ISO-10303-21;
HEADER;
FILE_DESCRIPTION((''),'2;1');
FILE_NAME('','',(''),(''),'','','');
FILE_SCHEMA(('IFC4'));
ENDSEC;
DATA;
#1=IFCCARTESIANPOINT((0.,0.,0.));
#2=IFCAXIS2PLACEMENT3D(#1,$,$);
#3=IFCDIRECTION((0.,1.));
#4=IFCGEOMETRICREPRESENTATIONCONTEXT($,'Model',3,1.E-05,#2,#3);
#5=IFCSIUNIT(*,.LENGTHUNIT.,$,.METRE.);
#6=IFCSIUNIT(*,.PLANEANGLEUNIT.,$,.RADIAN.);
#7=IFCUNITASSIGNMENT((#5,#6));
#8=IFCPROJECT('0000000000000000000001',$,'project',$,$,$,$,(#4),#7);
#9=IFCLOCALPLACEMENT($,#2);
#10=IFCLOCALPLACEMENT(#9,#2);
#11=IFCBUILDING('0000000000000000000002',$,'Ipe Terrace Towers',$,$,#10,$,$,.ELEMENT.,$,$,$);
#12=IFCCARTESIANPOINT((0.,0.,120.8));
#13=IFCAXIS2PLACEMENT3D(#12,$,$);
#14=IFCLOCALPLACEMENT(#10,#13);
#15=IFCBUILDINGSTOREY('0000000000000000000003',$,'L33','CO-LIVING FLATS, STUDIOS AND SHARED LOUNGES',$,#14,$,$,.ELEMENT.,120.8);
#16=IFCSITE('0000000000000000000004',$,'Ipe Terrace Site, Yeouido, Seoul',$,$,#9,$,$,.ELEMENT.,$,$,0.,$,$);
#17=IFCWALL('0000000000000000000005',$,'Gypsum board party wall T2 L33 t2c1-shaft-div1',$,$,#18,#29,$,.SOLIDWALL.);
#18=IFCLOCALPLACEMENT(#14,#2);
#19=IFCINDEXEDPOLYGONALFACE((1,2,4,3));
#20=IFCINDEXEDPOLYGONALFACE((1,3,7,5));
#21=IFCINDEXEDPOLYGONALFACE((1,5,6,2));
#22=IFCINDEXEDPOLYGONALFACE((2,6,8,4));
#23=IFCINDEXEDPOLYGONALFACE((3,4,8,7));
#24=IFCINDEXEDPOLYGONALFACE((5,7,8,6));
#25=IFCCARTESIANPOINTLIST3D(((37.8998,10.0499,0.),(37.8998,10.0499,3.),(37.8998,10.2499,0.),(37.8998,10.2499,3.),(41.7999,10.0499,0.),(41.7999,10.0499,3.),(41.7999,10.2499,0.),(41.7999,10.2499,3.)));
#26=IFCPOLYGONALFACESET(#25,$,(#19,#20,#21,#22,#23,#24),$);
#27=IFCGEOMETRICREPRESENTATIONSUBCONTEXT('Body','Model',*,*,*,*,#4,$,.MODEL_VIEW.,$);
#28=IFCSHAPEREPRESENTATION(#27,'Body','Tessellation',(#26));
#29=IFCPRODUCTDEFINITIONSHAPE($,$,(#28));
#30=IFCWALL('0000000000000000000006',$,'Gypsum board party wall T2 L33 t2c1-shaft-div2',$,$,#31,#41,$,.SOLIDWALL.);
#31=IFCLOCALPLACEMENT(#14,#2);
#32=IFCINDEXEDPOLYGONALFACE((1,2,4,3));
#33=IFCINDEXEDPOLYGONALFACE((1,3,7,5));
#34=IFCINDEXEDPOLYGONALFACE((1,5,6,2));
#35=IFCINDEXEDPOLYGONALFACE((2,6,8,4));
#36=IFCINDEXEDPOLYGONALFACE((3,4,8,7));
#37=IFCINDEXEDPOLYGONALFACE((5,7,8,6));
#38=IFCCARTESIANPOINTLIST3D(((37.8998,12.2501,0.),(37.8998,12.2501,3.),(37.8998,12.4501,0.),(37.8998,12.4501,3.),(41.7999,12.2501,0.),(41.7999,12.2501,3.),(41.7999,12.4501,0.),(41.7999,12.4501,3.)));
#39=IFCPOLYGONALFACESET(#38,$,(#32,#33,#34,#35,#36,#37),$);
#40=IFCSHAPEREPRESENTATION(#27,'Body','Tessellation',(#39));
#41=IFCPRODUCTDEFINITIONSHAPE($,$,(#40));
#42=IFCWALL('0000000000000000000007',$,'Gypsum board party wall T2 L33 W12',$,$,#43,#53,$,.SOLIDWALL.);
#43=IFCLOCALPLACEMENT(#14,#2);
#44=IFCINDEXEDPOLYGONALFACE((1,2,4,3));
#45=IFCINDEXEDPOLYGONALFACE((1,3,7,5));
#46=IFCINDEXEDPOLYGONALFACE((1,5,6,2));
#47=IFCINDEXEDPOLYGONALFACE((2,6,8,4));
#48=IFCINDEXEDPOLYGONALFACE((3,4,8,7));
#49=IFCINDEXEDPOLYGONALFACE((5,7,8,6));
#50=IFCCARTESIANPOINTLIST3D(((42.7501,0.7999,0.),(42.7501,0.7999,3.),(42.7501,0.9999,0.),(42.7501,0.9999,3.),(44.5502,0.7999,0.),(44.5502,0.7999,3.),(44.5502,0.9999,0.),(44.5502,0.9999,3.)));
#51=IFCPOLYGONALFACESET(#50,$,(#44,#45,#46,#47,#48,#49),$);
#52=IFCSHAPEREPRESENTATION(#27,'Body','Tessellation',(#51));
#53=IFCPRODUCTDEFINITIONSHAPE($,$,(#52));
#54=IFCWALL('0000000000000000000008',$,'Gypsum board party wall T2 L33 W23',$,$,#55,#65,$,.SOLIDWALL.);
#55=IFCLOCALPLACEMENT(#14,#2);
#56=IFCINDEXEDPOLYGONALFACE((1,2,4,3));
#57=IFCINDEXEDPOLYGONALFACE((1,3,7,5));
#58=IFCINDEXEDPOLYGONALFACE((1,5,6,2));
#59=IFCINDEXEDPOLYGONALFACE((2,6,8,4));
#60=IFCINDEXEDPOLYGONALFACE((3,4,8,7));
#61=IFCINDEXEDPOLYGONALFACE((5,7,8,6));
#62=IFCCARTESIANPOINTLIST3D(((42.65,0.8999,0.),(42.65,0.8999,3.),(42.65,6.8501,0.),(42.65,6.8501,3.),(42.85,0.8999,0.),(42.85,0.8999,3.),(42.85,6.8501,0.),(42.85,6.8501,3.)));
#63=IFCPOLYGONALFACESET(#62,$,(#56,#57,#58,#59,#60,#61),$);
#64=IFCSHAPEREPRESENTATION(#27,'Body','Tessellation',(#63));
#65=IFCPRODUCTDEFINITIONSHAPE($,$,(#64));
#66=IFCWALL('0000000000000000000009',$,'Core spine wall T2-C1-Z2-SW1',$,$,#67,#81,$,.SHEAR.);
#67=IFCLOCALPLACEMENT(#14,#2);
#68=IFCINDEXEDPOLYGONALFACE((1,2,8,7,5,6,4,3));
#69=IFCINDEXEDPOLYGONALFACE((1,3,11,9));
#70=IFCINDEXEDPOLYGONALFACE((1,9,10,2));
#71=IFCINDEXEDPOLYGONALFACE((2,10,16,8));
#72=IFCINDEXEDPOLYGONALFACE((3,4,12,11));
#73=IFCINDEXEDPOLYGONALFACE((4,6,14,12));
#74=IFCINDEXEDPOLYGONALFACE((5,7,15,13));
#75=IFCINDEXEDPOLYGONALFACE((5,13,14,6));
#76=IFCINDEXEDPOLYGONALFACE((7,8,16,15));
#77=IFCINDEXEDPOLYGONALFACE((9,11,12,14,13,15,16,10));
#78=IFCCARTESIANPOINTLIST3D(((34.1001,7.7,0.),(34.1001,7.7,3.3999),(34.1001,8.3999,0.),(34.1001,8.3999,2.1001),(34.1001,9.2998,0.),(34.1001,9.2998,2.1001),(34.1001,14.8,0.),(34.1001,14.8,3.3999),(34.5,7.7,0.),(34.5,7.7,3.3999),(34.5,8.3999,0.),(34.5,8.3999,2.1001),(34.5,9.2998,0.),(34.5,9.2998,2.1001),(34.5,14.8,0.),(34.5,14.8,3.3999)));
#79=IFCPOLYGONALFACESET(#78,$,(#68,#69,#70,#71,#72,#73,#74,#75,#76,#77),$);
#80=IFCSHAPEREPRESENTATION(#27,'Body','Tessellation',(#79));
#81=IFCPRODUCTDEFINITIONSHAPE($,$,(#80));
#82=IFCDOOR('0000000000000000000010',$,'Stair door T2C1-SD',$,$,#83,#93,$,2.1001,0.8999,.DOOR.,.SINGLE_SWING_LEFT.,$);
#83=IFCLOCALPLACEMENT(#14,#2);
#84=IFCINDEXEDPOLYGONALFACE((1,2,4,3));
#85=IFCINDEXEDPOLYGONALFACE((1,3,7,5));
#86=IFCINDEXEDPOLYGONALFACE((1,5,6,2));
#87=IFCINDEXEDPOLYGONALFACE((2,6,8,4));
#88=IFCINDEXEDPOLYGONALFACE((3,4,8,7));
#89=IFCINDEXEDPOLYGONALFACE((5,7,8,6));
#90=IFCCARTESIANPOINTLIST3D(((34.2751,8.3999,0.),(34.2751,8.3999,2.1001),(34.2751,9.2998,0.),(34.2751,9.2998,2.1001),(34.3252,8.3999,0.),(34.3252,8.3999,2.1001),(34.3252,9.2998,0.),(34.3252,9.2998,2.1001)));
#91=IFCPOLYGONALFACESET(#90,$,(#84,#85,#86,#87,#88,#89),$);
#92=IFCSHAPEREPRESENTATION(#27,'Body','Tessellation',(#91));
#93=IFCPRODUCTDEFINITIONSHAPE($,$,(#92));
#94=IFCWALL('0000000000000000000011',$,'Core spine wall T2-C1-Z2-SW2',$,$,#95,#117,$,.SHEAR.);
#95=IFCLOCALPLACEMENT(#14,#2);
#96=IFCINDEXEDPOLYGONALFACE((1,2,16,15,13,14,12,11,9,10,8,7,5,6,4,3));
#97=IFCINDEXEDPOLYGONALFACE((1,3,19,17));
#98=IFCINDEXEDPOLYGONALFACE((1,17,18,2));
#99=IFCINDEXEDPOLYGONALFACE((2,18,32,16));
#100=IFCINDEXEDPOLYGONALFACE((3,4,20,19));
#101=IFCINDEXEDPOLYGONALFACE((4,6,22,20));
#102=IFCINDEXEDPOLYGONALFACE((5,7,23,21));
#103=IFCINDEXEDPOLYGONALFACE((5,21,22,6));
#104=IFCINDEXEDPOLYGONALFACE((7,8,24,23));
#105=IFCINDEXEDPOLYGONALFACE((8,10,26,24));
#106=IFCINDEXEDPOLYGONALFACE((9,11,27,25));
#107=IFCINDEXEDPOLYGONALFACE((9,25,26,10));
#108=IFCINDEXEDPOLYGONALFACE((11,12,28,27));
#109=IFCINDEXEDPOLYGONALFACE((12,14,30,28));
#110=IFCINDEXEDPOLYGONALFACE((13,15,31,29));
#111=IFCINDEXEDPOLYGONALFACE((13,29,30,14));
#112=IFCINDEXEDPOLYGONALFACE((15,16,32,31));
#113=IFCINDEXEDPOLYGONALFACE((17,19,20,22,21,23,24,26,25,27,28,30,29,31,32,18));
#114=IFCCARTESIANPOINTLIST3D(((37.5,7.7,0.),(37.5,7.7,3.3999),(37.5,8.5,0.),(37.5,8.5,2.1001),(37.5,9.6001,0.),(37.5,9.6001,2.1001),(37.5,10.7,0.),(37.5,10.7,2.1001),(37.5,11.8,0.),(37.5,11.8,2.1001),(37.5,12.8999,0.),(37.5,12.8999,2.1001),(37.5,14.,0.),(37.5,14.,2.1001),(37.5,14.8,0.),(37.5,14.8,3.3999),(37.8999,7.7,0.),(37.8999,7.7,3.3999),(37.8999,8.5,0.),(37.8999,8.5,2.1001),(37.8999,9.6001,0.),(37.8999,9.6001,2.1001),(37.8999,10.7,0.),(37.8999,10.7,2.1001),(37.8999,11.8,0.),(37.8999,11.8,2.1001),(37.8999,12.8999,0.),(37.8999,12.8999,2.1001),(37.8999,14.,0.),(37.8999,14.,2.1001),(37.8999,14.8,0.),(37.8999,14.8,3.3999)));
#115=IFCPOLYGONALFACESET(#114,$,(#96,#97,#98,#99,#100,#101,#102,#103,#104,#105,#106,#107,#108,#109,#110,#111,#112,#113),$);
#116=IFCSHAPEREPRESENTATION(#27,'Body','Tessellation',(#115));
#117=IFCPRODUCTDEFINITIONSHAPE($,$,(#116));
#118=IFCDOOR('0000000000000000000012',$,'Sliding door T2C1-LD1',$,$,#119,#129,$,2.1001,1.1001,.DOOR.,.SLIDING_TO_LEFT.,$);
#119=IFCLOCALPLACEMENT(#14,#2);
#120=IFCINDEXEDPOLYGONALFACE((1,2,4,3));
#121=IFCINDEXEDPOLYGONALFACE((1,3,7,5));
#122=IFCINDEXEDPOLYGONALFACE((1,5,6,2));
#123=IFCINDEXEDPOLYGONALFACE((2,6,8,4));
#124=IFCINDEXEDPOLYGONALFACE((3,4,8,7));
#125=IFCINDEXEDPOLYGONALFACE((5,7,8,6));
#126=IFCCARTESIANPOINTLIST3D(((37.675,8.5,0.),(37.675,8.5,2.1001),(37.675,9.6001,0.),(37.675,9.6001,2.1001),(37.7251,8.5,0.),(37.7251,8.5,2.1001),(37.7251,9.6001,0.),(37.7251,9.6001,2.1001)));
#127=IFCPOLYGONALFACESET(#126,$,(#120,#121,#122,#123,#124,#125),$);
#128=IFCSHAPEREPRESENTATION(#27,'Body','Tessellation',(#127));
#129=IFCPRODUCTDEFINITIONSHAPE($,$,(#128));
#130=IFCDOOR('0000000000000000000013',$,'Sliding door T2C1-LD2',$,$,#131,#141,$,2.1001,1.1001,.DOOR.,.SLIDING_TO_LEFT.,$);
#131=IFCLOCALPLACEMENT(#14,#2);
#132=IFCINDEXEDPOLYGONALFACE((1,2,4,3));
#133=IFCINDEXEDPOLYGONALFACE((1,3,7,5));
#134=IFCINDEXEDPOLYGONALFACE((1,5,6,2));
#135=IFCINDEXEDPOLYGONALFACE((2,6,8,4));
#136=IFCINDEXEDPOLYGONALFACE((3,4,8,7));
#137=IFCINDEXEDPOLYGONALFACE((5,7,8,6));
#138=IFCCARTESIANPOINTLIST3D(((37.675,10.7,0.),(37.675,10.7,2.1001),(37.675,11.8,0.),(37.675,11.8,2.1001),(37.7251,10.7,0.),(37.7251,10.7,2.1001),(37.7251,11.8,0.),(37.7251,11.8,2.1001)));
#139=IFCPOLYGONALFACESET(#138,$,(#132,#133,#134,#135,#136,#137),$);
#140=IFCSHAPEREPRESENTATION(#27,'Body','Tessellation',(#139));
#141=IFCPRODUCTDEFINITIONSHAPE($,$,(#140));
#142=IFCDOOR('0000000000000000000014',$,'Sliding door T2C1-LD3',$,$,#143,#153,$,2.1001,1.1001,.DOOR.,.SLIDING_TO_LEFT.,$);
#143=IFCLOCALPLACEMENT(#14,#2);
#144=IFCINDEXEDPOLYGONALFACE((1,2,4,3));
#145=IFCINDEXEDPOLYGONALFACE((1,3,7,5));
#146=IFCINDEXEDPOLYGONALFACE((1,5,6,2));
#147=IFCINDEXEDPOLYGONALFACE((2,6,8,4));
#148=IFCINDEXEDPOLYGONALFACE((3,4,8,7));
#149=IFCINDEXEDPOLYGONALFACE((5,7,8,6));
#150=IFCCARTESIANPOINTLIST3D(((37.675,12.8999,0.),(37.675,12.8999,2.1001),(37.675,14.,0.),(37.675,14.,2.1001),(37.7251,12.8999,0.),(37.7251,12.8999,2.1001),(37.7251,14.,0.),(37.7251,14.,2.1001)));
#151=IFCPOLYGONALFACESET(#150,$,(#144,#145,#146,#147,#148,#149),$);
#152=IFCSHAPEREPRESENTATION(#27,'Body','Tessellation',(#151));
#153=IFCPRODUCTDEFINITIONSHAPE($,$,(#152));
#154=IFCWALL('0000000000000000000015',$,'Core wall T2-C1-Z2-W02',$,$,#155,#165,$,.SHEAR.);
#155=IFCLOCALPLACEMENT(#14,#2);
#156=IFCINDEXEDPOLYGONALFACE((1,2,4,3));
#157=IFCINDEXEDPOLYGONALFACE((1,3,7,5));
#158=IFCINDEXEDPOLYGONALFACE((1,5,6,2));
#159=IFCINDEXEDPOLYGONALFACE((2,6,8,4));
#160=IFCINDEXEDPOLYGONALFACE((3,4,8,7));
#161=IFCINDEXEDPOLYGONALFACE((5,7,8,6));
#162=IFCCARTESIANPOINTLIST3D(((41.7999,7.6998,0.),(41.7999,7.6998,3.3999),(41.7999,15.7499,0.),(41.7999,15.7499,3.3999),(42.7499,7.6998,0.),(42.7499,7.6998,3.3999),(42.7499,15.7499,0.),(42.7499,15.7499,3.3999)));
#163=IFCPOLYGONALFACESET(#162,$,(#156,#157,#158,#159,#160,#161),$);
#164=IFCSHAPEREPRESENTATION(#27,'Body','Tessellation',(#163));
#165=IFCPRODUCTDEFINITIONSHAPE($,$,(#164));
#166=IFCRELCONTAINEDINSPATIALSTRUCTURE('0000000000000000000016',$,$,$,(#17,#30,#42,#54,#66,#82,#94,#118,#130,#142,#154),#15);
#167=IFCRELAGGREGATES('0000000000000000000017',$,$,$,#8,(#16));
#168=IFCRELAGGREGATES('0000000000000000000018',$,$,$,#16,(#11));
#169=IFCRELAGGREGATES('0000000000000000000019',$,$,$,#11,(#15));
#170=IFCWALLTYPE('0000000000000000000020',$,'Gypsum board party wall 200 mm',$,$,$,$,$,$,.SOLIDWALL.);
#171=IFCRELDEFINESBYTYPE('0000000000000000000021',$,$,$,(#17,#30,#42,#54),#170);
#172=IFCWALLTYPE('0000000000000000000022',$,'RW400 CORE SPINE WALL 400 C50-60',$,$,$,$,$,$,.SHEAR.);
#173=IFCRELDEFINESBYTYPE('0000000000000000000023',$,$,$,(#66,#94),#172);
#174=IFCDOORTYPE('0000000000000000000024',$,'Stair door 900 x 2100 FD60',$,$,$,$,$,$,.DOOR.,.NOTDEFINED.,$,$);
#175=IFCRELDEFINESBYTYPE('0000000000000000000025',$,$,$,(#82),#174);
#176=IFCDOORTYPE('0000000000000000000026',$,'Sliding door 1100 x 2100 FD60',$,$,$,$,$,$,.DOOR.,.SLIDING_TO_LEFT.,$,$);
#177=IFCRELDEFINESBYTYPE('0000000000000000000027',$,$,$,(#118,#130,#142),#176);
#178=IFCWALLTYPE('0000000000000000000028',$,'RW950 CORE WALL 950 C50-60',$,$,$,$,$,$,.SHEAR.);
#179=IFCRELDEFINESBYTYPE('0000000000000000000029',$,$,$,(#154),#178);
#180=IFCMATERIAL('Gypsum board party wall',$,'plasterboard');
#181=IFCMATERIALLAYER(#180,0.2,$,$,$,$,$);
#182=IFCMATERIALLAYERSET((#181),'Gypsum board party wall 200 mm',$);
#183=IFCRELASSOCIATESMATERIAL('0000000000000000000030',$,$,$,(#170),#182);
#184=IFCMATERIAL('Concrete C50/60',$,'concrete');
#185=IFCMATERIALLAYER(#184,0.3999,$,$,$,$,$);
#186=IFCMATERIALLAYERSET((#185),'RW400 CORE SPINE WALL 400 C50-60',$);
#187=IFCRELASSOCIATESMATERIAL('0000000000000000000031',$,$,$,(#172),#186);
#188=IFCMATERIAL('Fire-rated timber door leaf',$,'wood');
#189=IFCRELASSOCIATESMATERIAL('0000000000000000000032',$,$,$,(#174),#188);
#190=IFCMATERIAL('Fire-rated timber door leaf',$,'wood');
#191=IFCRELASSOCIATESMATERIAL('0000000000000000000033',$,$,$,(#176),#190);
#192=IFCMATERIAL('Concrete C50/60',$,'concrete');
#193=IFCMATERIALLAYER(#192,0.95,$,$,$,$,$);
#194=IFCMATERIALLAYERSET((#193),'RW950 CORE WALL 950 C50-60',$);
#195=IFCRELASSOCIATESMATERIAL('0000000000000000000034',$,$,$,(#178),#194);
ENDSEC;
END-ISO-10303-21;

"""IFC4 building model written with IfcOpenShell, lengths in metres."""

from ifc_helpers import new_model, si_unit, direction, frame, frame_2d, origin, place, context, subcontext, project, spatial, rectangle, extrude, material, layer, layer_set, type_object, element, fill, save


model = new_model("IFC4")

# Units and contexts
model_context = context("Model", 3, precision=1e-05, world=origin(), true_north=direction((0.0, 1.0)))
body_context = subcontext(model_context, "Body", "Model", "MODEL_VIEW")
ifc_project = project(units=[si_unit("LENGTHUNIT", "METRE"), si_unit("PLANEANGLEUNIT", "RADIAN")], contexts=[model_context])

# Site, building, storey
site_placement = place(None, origin())
site = spatial("IfcSite", under=ifc_project, at=site_placement, Name="Ipe Terrace Site, Yeouido, Seoul", CompositionType="ELEMENT", RefElevation=0.0)
building_placement = place(site_placement, origin())
building = spatial("IfcBuilding", under=site, at=building_placement, Name="Ipe Terrace Towers", CompositionType="ELEMENT")
storey_placement = place(building_placement, frame((0.0, 0.0, 120.8)))
storey = spatial("IfcBuildingStorey", under=building, at=storey_placement, Name="L33", Description="CO-LIVING FLATS, STUDIOS AND SHARED LOUNGES", CompositionType="ELEMENT", Elevation=120.8)

# Walls
ifc_material_1 = material(Name="Gypsum board party wall", Category="plasterboard")
ifc_layer_1 = layer(ifc_material_1, 0.2)
ifc_layer_set_1 = layer_set([ifc_layer_1], Name="Gypsum board party wall 200 mm")
wall_type_1 = type_object("IfcWallType", Name="Gypsum board party wall 200 mm", PredefinedType="SOLIDWALL", material=ifc_layer_set_1)
for number, where, z_axis, x_axis, name in (
    (1, (41.8, 10.1499, 0.0), (0.0, 0.0, 1.0), (-1.0, 0.0, 0.0), "Gypsum board party wall T2 L33 t2c1-shaft-div1"),
    (2, (41.8, 12.3501, 0.0), (0.0, 0.0, 1.0), (-1.0, 0.0, 0.0), "Gypsum board party wall T2 L33 t2c1-shaft-div2"),
):
    element("IfcWall", number, at=place(storey_placement, frame(where, z_axis=z_axis, x_axis=x_axis)), inside=storey, type_object=wall_type_1, Name=name, PredefinedType="SOLIDWALL", context=body_context, shape_type="SweptSolid", body=[
        extrude(rectangle(XDim=3.9001, YDim=0.2, at=frame_2d((1.9502, 0.0))), origin(), (0.0, 0.0, 1.0), 3.0),
    ])
wall_1_placement = place(storey_placement, frame((44.55, 0.8999, 0.0), z_axis=(0.0, 0.0, 1.0), x_axis=(-1.0, 0.0, 0.0)))
element("IfcWall", 3, at=wall_1_placement, inside=storey, type_object=wall_type_1, Name="Gypsum board party wall T2 L33 W12", PredefinedType="SOLIDWALL", context=body_context, shape_type="SweptSolid", body=[
    extrude(rectangle(XDim=1.8, YDim=0.2, at=frame_2d((0.8999, 0.0))), origin(), (0.0, 0.0, 1.0), 3.0),
])
wall_2_placement = place(storey_placement, frame((42.75, 0.8999, 0.0), z_axis=(0.0, 0.0, 1.0), x_axis=(0.0, 1.0, 0.0)))
element("IfcWall", 4, at=wall_2_placement, inside=storey, type_object=wall_type_1, Name="Gypsum board party wall T2 L33 W23", PredefinedType="SOLIDWALL", context=body_context, shape_type="SweptSolid", body=[
    extrude(rectangle(XDim=5.9502, YDim=0.2, at=frame_2d((2.9751, 0.0))), origin(), (0.0, 0.0, 1.0), 3.0),
])

# Wall, opening, door
ifc_material_2 = material(Name="Concrete C50/60", Category="concrete")
ifc_layer_2 = layer(ifc_material_2, 0.3999)
ifc_layer_set_2 = layer_set([ifc_layer_2], Name="RW400 CORE SPINE WALL 400 C50-60")
wall_type_2 = type_object("IfcWallType", Name="RW400 CORE SPINE WALL 400 C50-60", PredefinedType="SHEAR", material=ifc_layer_set_2)
wall_3_placement = place(storey_placement, frame((34.3, 7.7, 0.0), z_axis=(0.0, 0.0, 1.0), x_axis=(0.0, 1.0, 0.0)))
wall_3 = element("IfcWall", 5, at=wall_3_placement, inside=storey, type_object=wall_type_2, Name="Core spine wall T2-C1-Z2-SW1", PredefinedType="SHEAR", context=body_context, shape_type="SweptSolid", body=[
    extrude(rectangle(XDim=7.1001, YDim=0.3999, at=frame_2d((3.55, 0.0))), origin(), (0.0, 0.0, 1.0), 3.3999),
])
opening_1_placement = place(wall_3_placement, frame((0.7, 0.0, 0.0)))
opening_1 = element("IfcOpeningElement", 6, at=opening_1_placement, cuts=wall_3, PredefinedType="OPENING", context=body_context, shape_type="SweptSolid", body=[
    extrude(rectangle(XDim=0.8999, YDim=2.1001, at=frame_2d((0.45, 1.05))), frame((0.0, 0.21, 0.0), z_axis=(0.0, -1.0, 0.0), x_axis=(1.0, 0.0, 0.0)), (0.0, 0.0, 1.0), 0.4199),
])
ifc_material_3 = material(Name="Fire-rated timber door leaf", Category="wood")
door_type_1 = type_object("IfcDoorType", Name="Stair door 900 x 2100 FD60", OperationType="NOTDEFINED", PredefinedType="DOOR", material=ifc_material_3)
door_1_placement = place(opening_1_placement, origin())
door_1 = element("IfcDoor", 7, at=door_1_placement, inside=storey, type_object=door_type_1, Name="Stair door T2C1-SD", OperationType="SINGLE_SWING_LEFT", OverallHeight=2.1001, OverallWidth=0.8999, PredefinedType="DOOR", context=body_context, shape_type="SweptSolid", body=[
    extrude(rectangle(XDim=0.8999, YDim=2.1001, at=frame_2d((0.45, 1.05))), frame((0.0, 0.0249, 0.0), z_axis=(0.0, -1.0, 0.0), x_axis=(1.0, 0.0, 0.0)), (0.0, 0.0, 1.0), 0.05),
])
fill(opening_1, door_1)

# Wall, openings, doors
wall_4_placement = place(storey_placement, frame((37.7, 7.7, 0.0), z_axis=(0.0, 0.0, 1.0), x_axis=(0.0, 1.0, 0.0)))
wall_4 = element("IfcWall", 8, at=wall_4_placement, inside=storey, type_object=wall_type_2, Name="Core spine wall T2-C1-Z2-SW2", PredefinedType="SHEAR", context=body_context, shape_type="SweptSolid", body=[
    extrude(rectangle(XDim=7.1001, YDim=0.3999, at=frame_2d((3.55, 0.0))), origin(), (0.0, 0.0, 1.0), 3.3999),
])
opening_2_placement = place(wall_4_placement, frame((0.8, 0.0, 0.0)))
opening_2 = element("IfcOpeningElement", 9, at=opening_2_placement, cuts=wall_4, PredefinedType="OPENING", context=body_context, shape_type="SweptSolid", body=[
    extrude(rectangle(XDim=1.1001, YDim=2.1001, at=frame_2d((0.55, 1.05))), frame((0.0, 0.21, 0.0), z_axis=(0.0, -1.0, 0.0), x_axis=(1.0, 0.0, 0.0)), (0.0, 0.0, 1.0), 0.4199),
])
opening_3_placement = place(wall_4_placement, frame((3.0, 0.0, 0.0)))
opening_3 = element("IfcOpeningElement", 10, at=opening_3_placement, cuts=wall_4, PredefinedType="OPENING", context=body_context, shape_type="SweptSolid", body=[
    extrude(rectangle(XDim=1.1001, YDim=2.1001, at=frame_2d((0.55, 1.05))), frame((0.0, 0.21, 0.0), z_axis=(0.0, -1.0, 0.0), x_axis=(1.0, 0.0, 0.0)), (0.0, 0.0, 1.0), 0.4199),
])
opening_4_placement = place(wall_4_placement, frame((5.2, 0.0, 0.0)))
opening_4 = element("IfcOpeningElement", 11, at=opening_4_placement, cuts=wall_4, PredefinedType="OPENING", context=body_context, shape_type="SweptSolid", body=[
    extrude(rectangle(XDim=1.1001, YDim=2.1001, at=frame_2d((0.55, 1.05))), frame((0.0, 0.21, 0.0), z_axis=(0.0, -1.0, 0.0), x_axis=(1.0, 0.0, 0.0)), (0.0, 0.0, 1.0), 0.4199),
])
ifc_material_4 = material(Name="Fire-rated timber door leaf", Category="wood")
door_type_2 = type_object("IfcDoorType", Name="Sliding door 1100 x 2100 FD60", OperationType="SLIDING_TO_LEFT", PredefinedType="DOOR", material=ifc_material_4)
door_2_placement = place(opening_2_placement, origin())
door_2 = element("IfcDoor", 12, at=door_2_placement, inside=storey, type_object=door_type_2, Name="Sliding door T2C1-LD1", OperationType="SLIDING_TO_LEFT", OverallHeight=2.1001, OverallWidth=1.1001, PredefinedType="DOOR", context=body_context, shape_type="SweptSolid", body=[
    extrude(rectangle(XDim=1.1001, YDim=2.1001, at=frame_2d((0.55, 1.05))), frame((0.0, 0.0249, 0.0), z_axis=(0.0, -1.0, 0.0), x_axis=(1.0, 0.0, 0.0)), (0.0, 0.0, 1.0), 0.05),
])
fill(opening_2, door_2)
door_3_placement = place(opening_3_placement, origin())
door_3 = element("IfcDoor", 13, at=door_3_placement, inside=storey, type_object=door_type_2, Name="Sliding door T2C1-LD2", OperationType="SLIDING_TO_LEFT", OverallHeight=2.1001, OverallWidth=1.1001, PredefinedType="DOOR", context=body_context, shape_type="SweptSolid", body=[
    extrude(rectangle(XDim=1.1001, YDim=2.1001, at=frame_2d((0.55, 1.05))), frame((0.0, 0.0249, 0.0), z_axis=(0.0, -1.0, 0.0), x_axis=(1.0, 0.0, 0.0)), (0.0, 0.0, 1.0), 0.05),
])
fill(opening_3, door_3)
door_4_placement = place(opening_4_placement, origin())
door_4 = element("IfcDoor", 14, at=door_4_placement, inside=storey, type_object=door_type_2, Name="Sliding door T2C1-LD3", OperationType="SLIDING_TO_LEFT", OverallHeight=2.1001, OverallWidth=1.1001, PredefinedType="DOOR", context=body_context, shape_type="SweptSolid", body=[
    extrude(rectangle(XDim=1.1001, YDim=2.1001, at=frame_2d((0.55, 1.05))), frame((0.0, 0.0249, 0.0), z_axis=(0.0, -1.0, 0.0), x_axis=(1.0, 0.0, 0.0)), (0.0, 0.0, 1.0), 0.05),
])
fill(opening_4, door_4)

# Wall
ifc_material_5 = material(Name="Concrete C50/60", Category="concrete")
ifc_layer_3 = layer(ifc_material_5, 0.95)
ifc_layer_set_3 = layer_set([ifc_layer_3], Name="RW950 CORE WALL 950 C50-60")
wall_type_3 = type_object("IfcWallType", Name="RW950 CORE WALL 950 C50-60", PredefinedType="SHEAR", material=ifc_layer_set_3)
wall_5_placement = place(storey_placement, frame((42.2749, 7.7, 0.0), z_axis=(0.0, 0.0, 1.0), x_axis=(0.0, 1.0, 0.0)))
element("IfcWall", 15, at=wall_5_placement, inside=storey, type_object=wall_type_3, Name="Core wall T2-C1-Z2-W02", PredefinedType="SHEAR", context=body_context, shape_type="SweptSolid", body=[
    extrude(rectangle(XDim=8.05, YDim=0.95, at=frame_2d((4.0249, 0.0))), origin(), (0.0, 0.0, 1.0), 3.3999),
])

save(model, "model.ifc")
